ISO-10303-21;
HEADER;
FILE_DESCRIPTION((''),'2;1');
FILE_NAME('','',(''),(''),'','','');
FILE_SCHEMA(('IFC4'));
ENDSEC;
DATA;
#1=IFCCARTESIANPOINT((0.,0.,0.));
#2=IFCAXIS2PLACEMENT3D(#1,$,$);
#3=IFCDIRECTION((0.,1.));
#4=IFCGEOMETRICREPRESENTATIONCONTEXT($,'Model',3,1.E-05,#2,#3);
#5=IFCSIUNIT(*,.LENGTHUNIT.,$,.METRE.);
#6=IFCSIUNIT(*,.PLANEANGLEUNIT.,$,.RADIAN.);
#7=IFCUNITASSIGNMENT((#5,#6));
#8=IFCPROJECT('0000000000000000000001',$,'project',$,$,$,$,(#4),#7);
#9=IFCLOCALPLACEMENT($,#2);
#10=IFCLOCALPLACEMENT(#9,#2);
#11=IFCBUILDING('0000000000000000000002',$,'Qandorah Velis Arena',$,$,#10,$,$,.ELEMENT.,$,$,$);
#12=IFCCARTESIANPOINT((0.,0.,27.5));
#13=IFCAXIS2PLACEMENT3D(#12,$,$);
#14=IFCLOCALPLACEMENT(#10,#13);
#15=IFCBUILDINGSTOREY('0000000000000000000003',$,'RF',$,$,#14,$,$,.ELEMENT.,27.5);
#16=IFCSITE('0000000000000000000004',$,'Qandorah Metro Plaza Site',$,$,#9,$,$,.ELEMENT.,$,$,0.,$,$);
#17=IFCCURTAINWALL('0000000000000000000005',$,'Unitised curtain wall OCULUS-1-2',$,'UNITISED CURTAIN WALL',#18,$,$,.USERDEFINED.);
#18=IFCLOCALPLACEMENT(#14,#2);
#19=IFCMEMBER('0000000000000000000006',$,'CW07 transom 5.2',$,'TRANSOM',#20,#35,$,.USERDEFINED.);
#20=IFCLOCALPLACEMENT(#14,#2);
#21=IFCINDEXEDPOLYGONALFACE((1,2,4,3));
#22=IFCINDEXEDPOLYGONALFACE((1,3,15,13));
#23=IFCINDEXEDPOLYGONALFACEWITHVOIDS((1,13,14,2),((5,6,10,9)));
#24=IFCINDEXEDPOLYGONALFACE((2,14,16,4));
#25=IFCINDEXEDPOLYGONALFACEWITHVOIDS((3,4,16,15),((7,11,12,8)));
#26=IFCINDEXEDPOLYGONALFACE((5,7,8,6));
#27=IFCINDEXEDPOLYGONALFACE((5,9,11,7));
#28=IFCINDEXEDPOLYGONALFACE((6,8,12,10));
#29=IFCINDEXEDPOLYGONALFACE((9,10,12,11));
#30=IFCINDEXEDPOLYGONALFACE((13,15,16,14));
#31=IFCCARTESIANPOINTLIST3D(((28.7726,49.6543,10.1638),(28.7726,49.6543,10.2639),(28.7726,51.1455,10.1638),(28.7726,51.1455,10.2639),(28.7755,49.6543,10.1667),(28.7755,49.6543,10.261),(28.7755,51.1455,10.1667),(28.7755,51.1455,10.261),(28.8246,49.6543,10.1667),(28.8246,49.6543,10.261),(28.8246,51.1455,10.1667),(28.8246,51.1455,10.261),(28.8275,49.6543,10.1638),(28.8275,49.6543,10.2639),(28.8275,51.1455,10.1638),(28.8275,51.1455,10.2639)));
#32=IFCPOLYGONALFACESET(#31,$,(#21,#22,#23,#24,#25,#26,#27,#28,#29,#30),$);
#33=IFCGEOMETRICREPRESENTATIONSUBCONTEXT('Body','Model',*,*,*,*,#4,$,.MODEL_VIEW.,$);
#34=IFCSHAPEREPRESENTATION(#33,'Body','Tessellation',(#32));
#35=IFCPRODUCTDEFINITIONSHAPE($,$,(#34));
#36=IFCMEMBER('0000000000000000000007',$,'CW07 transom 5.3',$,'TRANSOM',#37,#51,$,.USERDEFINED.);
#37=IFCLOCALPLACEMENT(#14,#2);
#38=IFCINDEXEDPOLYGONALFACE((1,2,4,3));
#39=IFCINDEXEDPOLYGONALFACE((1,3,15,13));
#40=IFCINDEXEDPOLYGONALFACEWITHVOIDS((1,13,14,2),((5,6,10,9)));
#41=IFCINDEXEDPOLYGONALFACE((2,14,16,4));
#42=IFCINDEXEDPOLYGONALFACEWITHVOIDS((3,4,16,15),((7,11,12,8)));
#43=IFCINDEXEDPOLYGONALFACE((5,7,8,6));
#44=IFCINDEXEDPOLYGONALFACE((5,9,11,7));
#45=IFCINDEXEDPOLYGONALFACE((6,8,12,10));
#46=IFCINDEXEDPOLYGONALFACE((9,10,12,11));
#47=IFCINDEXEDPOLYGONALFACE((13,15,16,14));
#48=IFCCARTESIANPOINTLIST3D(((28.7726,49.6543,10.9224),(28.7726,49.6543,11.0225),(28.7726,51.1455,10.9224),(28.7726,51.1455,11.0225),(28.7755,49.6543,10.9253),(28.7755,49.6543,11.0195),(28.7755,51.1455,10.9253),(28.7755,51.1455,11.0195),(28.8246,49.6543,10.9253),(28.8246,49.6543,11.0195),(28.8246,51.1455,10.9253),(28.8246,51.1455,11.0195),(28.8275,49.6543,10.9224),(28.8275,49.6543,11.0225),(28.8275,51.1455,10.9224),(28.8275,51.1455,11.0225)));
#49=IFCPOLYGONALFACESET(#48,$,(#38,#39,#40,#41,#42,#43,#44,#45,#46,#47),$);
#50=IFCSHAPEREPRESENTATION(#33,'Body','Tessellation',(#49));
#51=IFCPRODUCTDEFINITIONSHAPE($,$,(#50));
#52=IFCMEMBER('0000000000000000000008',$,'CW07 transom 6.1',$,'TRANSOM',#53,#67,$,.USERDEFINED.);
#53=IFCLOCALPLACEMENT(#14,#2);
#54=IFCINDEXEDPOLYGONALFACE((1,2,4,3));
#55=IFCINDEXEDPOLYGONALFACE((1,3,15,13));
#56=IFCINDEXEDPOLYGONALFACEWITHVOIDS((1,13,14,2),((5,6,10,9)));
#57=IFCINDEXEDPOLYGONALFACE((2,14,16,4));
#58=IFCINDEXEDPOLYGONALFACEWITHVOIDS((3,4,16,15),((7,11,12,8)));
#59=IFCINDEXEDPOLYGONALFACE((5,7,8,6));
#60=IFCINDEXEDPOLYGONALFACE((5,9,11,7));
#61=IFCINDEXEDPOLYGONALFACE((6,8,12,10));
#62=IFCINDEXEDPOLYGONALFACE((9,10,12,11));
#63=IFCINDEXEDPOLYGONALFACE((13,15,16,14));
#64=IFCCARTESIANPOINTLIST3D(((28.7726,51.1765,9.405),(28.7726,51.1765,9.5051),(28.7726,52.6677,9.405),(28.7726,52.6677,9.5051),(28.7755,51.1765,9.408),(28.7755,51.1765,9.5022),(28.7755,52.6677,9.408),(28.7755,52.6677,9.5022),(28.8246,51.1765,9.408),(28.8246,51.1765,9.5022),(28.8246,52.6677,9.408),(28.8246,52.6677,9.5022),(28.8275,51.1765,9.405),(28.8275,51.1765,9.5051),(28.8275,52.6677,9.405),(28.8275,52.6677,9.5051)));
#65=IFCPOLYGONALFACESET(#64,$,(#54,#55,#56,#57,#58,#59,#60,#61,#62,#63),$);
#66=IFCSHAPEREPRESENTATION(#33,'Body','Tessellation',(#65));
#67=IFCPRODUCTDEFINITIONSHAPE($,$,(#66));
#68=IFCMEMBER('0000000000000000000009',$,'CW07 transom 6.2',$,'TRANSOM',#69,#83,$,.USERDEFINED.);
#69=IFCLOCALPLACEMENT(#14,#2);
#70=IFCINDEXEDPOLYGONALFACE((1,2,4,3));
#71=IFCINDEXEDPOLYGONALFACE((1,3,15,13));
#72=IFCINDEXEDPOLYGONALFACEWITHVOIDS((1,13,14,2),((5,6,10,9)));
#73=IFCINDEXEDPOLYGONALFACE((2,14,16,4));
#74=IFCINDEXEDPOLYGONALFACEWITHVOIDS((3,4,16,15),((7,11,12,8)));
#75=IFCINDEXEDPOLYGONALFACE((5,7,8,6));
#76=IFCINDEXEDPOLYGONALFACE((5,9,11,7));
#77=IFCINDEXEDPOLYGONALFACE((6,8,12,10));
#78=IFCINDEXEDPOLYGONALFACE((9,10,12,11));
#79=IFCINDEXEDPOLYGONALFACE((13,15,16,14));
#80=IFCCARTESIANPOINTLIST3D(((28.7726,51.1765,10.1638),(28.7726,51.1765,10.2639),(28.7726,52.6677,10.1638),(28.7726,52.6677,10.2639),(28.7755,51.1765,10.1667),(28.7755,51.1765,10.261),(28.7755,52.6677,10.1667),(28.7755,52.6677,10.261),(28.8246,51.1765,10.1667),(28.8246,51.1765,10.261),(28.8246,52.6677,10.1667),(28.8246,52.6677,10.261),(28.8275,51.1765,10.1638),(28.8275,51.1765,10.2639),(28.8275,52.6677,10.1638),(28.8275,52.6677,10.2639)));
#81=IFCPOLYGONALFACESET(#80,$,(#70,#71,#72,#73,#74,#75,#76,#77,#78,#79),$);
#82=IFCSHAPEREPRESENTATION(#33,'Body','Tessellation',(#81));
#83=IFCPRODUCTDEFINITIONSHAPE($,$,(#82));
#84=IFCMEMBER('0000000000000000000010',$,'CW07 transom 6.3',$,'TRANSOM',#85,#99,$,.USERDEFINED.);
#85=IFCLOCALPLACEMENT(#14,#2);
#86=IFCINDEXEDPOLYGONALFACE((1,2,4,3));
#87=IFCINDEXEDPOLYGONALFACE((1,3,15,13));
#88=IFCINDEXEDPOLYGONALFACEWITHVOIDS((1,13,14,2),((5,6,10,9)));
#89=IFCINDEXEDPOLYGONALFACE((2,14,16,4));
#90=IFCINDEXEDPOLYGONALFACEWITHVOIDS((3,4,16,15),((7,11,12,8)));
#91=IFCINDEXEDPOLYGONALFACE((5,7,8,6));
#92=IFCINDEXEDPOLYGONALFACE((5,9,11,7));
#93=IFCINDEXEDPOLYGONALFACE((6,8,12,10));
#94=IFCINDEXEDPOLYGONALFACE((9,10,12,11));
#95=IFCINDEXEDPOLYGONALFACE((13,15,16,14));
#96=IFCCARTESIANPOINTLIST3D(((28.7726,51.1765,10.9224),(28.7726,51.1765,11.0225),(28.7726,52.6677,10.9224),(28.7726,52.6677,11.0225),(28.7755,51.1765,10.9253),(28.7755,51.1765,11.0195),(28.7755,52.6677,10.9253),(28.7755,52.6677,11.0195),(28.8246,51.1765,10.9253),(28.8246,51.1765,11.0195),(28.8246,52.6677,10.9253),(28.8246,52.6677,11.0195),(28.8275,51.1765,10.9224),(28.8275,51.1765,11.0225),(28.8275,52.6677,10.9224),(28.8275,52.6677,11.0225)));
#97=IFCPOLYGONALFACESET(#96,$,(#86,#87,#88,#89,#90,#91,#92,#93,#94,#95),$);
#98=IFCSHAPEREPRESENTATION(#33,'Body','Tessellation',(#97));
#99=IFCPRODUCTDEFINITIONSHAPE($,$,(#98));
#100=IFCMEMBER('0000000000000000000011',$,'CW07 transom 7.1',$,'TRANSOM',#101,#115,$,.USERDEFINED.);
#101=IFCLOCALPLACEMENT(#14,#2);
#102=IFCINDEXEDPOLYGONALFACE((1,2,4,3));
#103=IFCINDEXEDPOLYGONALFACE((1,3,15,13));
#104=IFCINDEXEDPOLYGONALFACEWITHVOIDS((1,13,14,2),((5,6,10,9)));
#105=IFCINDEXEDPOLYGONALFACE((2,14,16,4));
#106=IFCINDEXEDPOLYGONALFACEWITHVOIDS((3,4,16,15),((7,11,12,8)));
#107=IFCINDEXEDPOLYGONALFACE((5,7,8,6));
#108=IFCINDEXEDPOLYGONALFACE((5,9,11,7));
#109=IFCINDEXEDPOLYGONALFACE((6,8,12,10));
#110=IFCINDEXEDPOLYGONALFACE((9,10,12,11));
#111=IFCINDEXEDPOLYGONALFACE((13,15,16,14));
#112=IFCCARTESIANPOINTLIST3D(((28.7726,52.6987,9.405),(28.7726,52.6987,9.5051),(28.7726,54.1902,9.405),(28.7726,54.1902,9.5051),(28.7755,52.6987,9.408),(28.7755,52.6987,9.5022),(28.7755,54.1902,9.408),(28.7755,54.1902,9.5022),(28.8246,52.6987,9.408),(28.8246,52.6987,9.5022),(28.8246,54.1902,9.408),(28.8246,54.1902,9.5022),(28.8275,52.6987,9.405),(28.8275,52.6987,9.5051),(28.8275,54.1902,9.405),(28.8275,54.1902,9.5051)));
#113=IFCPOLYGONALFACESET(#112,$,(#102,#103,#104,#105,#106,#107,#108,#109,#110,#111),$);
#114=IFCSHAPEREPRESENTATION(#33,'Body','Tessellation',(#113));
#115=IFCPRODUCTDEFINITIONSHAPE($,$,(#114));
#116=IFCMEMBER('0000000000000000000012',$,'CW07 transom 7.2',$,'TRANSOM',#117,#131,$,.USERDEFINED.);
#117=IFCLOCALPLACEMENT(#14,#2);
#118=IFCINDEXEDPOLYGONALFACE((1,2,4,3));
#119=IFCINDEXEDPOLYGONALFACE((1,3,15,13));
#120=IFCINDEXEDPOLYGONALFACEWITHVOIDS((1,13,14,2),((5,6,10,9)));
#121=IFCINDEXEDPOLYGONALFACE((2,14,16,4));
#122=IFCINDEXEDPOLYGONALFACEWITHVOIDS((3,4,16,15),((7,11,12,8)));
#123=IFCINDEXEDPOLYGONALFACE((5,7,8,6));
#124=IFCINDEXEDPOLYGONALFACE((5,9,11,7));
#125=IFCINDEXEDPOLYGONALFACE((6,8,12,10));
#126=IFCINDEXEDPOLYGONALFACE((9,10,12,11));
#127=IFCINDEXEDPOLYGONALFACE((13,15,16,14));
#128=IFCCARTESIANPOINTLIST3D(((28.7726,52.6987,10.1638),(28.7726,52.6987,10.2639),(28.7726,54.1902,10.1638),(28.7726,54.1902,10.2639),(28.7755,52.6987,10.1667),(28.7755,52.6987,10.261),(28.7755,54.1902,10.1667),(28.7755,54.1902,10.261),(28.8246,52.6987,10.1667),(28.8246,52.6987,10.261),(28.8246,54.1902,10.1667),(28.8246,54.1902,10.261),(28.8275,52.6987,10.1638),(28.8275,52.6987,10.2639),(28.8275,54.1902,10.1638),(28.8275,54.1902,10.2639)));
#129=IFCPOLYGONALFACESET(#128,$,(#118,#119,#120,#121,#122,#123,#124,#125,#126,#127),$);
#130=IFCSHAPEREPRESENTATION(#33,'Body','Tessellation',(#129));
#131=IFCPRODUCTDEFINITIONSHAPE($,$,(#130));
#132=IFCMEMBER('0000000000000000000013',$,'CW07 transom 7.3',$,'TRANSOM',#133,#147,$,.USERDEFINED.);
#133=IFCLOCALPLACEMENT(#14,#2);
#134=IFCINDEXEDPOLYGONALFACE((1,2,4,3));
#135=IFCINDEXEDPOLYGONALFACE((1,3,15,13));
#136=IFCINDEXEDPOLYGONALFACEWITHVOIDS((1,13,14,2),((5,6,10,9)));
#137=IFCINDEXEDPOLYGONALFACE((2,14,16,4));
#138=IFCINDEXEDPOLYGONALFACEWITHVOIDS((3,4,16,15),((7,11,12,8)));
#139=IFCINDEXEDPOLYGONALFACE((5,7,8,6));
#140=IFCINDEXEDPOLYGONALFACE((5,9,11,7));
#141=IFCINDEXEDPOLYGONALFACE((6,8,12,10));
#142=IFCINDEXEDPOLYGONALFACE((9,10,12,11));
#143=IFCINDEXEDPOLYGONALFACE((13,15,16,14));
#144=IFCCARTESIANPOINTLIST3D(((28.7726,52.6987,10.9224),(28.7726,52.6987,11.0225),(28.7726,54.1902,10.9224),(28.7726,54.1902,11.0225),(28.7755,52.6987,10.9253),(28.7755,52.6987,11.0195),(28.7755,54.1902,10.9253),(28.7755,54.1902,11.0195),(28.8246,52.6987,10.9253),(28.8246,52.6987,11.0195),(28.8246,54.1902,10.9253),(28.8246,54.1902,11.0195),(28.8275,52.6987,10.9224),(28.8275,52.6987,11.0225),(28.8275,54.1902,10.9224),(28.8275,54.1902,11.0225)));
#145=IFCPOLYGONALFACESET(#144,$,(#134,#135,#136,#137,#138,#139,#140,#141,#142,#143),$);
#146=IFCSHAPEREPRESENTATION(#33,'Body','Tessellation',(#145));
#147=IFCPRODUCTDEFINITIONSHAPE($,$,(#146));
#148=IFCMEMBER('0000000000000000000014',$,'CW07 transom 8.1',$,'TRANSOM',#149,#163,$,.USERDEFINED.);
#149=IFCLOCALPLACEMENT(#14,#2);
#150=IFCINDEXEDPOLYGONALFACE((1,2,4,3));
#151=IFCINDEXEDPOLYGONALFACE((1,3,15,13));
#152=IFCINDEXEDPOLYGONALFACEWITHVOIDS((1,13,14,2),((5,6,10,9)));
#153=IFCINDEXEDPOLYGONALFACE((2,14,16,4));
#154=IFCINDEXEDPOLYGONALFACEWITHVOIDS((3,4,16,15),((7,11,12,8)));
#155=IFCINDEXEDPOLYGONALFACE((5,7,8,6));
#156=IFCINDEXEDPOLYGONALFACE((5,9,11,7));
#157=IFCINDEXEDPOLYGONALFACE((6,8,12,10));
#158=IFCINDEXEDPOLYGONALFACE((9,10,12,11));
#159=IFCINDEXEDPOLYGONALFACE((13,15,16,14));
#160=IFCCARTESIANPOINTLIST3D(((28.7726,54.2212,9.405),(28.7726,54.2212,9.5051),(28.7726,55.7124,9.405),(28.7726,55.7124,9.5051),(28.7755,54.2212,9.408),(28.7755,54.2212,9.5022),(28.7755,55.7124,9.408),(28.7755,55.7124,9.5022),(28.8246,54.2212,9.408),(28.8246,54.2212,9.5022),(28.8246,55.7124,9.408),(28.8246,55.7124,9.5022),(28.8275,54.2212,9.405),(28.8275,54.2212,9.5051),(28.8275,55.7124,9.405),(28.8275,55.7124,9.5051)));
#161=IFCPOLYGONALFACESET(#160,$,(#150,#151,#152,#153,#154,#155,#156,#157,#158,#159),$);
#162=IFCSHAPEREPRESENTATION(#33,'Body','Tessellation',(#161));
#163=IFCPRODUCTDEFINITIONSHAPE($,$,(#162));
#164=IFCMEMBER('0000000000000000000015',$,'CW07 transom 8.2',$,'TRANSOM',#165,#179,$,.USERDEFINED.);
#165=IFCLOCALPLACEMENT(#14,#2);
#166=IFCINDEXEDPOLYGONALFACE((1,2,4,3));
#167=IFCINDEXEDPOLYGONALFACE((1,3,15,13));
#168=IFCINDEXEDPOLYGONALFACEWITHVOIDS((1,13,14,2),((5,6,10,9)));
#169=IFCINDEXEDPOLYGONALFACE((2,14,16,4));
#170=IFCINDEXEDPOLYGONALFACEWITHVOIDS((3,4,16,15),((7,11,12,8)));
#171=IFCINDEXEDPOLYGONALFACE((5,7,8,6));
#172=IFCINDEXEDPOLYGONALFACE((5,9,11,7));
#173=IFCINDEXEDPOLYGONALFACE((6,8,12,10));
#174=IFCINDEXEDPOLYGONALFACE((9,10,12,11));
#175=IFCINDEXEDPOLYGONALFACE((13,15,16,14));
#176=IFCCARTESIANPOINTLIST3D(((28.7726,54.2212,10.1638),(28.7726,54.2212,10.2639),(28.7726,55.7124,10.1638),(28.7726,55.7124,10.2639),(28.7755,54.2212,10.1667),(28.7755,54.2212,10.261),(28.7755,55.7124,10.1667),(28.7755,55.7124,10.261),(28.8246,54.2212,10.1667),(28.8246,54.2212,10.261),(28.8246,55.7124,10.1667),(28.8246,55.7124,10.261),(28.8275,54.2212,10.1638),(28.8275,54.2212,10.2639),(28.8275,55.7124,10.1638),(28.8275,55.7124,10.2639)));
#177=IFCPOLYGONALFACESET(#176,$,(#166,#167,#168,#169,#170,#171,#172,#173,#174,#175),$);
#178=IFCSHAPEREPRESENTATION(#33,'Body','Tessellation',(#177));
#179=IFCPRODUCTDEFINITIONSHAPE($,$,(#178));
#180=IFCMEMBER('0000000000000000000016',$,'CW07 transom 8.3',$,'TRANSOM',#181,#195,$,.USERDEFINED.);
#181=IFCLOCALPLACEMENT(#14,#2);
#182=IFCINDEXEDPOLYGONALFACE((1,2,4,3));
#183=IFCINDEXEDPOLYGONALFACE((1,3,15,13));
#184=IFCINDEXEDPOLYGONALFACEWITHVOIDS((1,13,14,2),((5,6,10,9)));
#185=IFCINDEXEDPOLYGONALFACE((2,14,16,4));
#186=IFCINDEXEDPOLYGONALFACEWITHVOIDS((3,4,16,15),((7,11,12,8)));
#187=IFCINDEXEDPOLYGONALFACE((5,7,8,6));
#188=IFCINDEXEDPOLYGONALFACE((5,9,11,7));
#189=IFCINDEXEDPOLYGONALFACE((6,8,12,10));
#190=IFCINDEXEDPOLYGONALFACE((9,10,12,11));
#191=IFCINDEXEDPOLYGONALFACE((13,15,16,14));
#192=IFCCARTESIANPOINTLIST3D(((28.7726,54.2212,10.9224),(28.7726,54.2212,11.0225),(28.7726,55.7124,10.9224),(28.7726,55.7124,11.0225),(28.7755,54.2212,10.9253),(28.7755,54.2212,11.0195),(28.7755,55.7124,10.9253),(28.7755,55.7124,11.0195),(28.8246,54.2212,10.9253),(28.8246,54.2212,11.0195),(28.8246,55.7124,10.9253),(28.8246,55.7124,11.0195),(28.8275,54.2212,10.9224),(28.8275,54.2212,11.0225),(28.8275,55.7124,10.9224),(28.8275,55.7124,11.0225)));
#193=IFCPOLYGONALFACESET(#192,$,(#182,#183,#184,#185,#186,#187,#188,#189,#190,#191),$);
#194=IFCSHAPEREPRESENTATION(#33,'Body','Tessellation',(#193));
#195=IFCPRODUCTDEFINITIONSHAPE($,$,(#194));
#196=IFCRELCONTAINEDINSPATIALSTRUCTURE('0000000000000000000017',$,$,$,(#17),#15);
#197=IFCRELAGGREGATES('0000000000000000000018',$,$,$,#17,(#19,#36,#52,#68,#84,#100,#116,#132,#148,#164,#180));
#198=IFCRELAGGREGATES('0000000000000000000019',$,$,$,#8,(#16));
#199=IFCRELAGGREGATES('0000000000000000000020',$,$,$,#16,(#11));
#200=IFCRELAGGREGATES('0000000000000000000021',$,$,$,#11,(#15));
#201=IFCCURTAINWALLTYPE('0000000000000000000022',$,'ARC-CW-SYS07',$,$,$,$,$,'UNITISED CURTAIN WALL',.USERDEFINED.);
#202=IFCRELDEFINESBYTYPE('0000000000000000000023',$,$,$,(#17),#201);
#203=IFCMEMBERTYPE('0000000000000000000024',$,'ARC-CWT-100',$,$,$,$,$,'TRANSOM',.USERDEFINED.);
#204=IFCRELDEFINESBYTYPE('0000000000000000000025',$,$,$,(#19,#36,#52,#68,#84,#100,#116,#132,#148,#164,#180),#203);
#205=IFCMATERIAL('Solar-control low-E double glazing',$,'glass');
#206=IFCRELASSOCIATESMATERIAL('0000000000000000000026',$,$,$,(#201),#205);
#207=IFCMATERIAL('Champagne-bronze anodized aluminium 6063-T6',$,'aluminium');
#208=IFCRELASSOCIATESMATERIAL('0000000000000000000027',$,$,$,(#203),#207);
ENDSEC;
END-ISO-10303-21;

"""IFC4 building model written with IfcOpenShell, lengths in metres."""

from ifc_helpers import new_model, si_unit, direction, frame, origin, origin_2d, place, context, subcontext, project, spatial, hollow_rectangle, extrude, material, material_profile, profile_set, type_object, element, aggregate, save


model = new_model("IFC4")

# Units and contexts
model_context = context("Model", 3, precision=1e-05, world=origin(), true_north=direction((0.0, 1.0)))
body_context = subcontext(model_context, "Body", "Model", "MODEL_VIEW")
ifc_project = project(units=[si_unit("LENGTHUNIT", "METRE"), si_unit("PLANEANGLEUNIT", "RADIAN")], contexts=[model_context])

# Site, building, storey
site_placement = place(None, origin())
site = spatial("IfcSite", under=ifc_project, at=site_placement, Name="Qandorah Metro Plaza Site", CompositionType="ELEMENT", RefElevation=0.0)
building_placement = place(site_placement, origin())
building = spatial("IfcBuilding", under=site, at=building_placement, Name="Qandorah Velis Arena", CompositionType="ELEMENT")
storey_placement = place(building_placement, frame((0.0, 0.0, 27.5)))
storey = spatial("IfcBuildingStorey", under=building, at=storey_placement, Name="RF", CompositionType="ELEMENT", Elevation=27.5)

# Curtain wall, members
ifc_material_1 = material(Name="Solar-control low-E double glazing", Category="glass")
curtain_wall_type = type_object("IfcCurtainWallType", Name="ARC-CW-SYS07", ElementType="UNITISED CURTAIN WALL", PredefinedType="USERDEFINED", material=ifc_material_1)
curtain_wall_placement = place(storey_placement, origin())
curtain_wall = element("IfcCurtainWall", 1, at=curtain_wall_placement, inside=storey, type_object=curtain_wall_type, Name="Unitised curtain wall OCULUS-1-2", ObjectType="UNITISED CURTAIN WALL", PredefinedType="USERDEFINED")
ifc_material_2 = material(Name="Champagne-bronze anodized aluminium 6063-T6", Category="aluminium")
ifc_material_profile_1 = material_profile(ifc_material_2, hollow_rectangle(XDim=0.0549, YDim=0.1001, WallThickness=0.0029, at=origin_2d()), Name="ALU TRANSOM 55x100")
ifc_profile_set_1 = profile_set([ifc_material_profile_1], Name="Champagne-bronze anodized aluminium 6063-T6")
member_type_1 = type_object("IfcMemberType", Name="ARC-CWT-100", ElementType="TRANSOM", PredefinedType="USERDEFINED", material=ifc_profile_set_1)
member_1_placement = place(storey_placement, frame((28.8, 49.6543, 10.2139), z_axis=(0.0, 1.0, 0.0), x_axis=(-1.0, 0.0, 0.0)))
member_1 = element("IfcMember", 2, at=member_1_placement, type_object=member_type_1, Name="CW07 transom 5.2", ObjectType="TRANSOM", PredefinedType="USERDEFINED", context=body_context, shape_type="SweptSolid", body=[
    extrude(hollow_rectangle(XDim=0.0549, YDim=0.1001, WallThickness=0.0029, at=origin_2d()), origin(), (0.0, 0.0, 1.0), 1.4912),
])
member_2_placement = place(storey_placement, frame((28.8, 49.6543, 10.9724), z_axis=(0.0, 1.0, 0.0), x_axis=(-1.0, 0.0, 0.0)))
member_2 = element("IfcMember", 3, at=member_2_placement, type_object=member_type_1, Name="CW07 transom 5.3", ObjectType="TRANSOM", PredefinedType="USERDEFINED", context=body_context, shape_type="SweptSolid", body=[
    extrude(hollow_rectangle(XDim=0.0549, YDim=0.1001, WallThickness=0.0029, at=origin_2d()), origin(), (0.0, 0.0, 1.0), 1.4912),
])
member_3_placement = place(storey_placement, frame((28.8, 51.1765, 9.4551), z_axis=(0.0, 1.0, 0.0), x_axis=(-1.0, 0.0, 0.0)))
member_3 = element("IfcMember", 4, at=member_3_placement, type_object=member_type_1, Name="CW07 transom 6.1", ObjectType="TRANSOM", PredefinedType="USERDEFINED", context=body_context, shape_type="SweptSolid", body=[
    extrude(hollow_rectangle(XDim=0.0549, YDim=0.1001, WallThickness=0.0029, at=origin_2d()), origin(), (0.0, 0.0, 1.0), 1.4912),
])
member_4_placement = place(storey_placement, frame((28.8, 51.1765, 10.2139), z_axis=(0.0, 1.0, 0.0), x_axis=(-1.0, 0.0, 0.0)))
member_4 = element("IfcMember", 5, at=member_4_placement, type_object=member_type_1, Name="CW07 transom 6.2", ObjectType="TRANSOM", PredefinedType="USERDEFINED", context=body_context, shape_type="SweptSolid", body=[
    extrude(hollow_rectangle(XDim=0.0549, YDim=0.1001, WallThickness=0.0029, at=origin_2d()), origin(), (0.0, 0.0, 1.0), 1.4912),
])
member_5_placement = place(storey_placement, frame((28.8, 51.1765, 10.9724), z_axis=(0.0, 1.0, 0.0), x_axis=(-1.0, 0.0, 0.0)))
member_5 = element("IfcMember", 6, at=member_5_placement, type_object=member_type_1, Name="CW07 transom 6.3", ObjectType="TRANSOM", PredefinedType="USERDEFINED", context=body_context, shape_type="SweptSolid", body=[
    extrude(hollow_rectangle(XDim=0.0549, YDim=0.1001, WallThickness=0.0029, at=origin_2d()), origin(), (0.0, 0.0, 1.0), 1.4912),
])
member_6_placement = place(storey_placement, frame((28.8, 52.6987, 9.4551), z_axis=(0.0, 1.0, 0.0), x_axis=(-1.0, 0.0, 0.0)))
member_6 = element("IfcMember", 7, at=member_6_placement, type_object=member_type_1, Name="CW07 transom 7.1", ObjectType="TRANSOM", PredefinedType="USERDEFINED", context=body_context, shape_type="SweptSolid", body=[
    extrude(hollow_rectangle(XDim=0.0549, YDim=0.1001, WallThickness=0.0029, at=origin_2d()), origin(), (0.0, 0.0, 1.0), 1.4915),
])
member_7_placement = place(storey_placement, frame((28.8, 52.6987, 10.2139), z_axis=(0.0, 1.0, 0.0), x_axis=(-1.0, 0.0, 0.0)))
member_7 = element("IfcMember", 8, at=member_7_placement, type_object=member_type_1, Name="CW07 transom 7.2", ObjectType="TRANSOM", PredefinedType="USERDEFINED", context=body_context, shape_type="SweptSolid", body=[
    extrude(hollow_rectangle(XDim=0.0549, YDim=0.1001, WallThickness=0.0029, at=origin_2d()), origin(), (0.0, 0.0, 1.0), 1.4915),
])
member_8_placement = place(storey_placement, frame((28.8, 52.6987, 10.9724), z_axis=(0.0, 1.0, 0.0), x_axis=(-1.0, 0.0, 0.0)))
member_8 = element("IfcMember", 9, at=member_8_placement, type_object=member_type_1, Name="CW07 transom 7.3", ObjectType="TRANSOM", PredefinedType="USERDEFINED", context=body_context, shape_type="SweptSolid", body=[
    extrude(hollow_rectangle(XDim=0.0549, YDim=0.1001, WallThickness=0.0029, at=origin_2d()), origin(), (0.0, 0.0, 1.0), 1.4915),
])
member_9_placement = place(storey_placement, frame((28.8, 54.2212, 9.4551), z_axis=(0.0, 1.0, 0.0), x_axis=(-1.0, 0.0, 0.0)))
member_9 = element("IfcMember", 10, at=member_9_placement, type_object=member_type_1, Name="CW07 transom 8.1", ObjectType="TRANSOM", PredefinedType="USERDEFINED", context=body_context, shape_type="SweptSolid", body=[
    extrude(hollow_rectangle(XDim=0.0549, YDim=0.1001, WallThickness=0.0029, at=origin_2d()), origin(), (0.0, 0.0, 1.0), 1.4912),
])
member_10_placement = place(storey_placement, frame((28.8, 54.2212, 10.2139), z_axis=(0.0, 1.0, 0.0), x_axis=(-1.0, 0.0, 0.0)))
member_10 = element("IfcMember", 11, at=member_10_placement, type_object=member_type_1, Name="CW07 transom 8.2", ObjectType="TRANSOM", PredefinedType="USERDEFINED", context=body_context, shape_type="SweptSolid", body=[
    extrude(hollow_rectangle(XDim=0.0549, YDim=0.1001, WallThickness=0.0029, at=origin_2d()), origin(), (0.0, 0.0, 1.0), 1.4912),
])
member_11_placement = place(storey_placement, frame((28.8, 54.2212, 10.9724), z_axis=(0.0, 1.0, 0.0), x_axis=(-1.0, 0.0, 0.0)))
member_11 = element("IfcMember", 12, at=member_11_placement, type_object=member_type_1, Name="CW07 transom 8.3", ObjectType="TRANSOM", PredefinedType="USERDEFINED", context=body_context, shape_type="SweptSolid", body=[
    extrude(hollow_rectangle(XDim=0.0549, YDim=0.1001, WallThickness=0.0029, at=origin_2d()), origin(), (0.0, 0.0, 1.0), 1.4912),
])

aggregate(curtain_wall, [member_1, member_2, member_3, member_4, member_5, member_6, member_7, member_8, member_9, member_10, member_11])

save(model, "model.ifc")
